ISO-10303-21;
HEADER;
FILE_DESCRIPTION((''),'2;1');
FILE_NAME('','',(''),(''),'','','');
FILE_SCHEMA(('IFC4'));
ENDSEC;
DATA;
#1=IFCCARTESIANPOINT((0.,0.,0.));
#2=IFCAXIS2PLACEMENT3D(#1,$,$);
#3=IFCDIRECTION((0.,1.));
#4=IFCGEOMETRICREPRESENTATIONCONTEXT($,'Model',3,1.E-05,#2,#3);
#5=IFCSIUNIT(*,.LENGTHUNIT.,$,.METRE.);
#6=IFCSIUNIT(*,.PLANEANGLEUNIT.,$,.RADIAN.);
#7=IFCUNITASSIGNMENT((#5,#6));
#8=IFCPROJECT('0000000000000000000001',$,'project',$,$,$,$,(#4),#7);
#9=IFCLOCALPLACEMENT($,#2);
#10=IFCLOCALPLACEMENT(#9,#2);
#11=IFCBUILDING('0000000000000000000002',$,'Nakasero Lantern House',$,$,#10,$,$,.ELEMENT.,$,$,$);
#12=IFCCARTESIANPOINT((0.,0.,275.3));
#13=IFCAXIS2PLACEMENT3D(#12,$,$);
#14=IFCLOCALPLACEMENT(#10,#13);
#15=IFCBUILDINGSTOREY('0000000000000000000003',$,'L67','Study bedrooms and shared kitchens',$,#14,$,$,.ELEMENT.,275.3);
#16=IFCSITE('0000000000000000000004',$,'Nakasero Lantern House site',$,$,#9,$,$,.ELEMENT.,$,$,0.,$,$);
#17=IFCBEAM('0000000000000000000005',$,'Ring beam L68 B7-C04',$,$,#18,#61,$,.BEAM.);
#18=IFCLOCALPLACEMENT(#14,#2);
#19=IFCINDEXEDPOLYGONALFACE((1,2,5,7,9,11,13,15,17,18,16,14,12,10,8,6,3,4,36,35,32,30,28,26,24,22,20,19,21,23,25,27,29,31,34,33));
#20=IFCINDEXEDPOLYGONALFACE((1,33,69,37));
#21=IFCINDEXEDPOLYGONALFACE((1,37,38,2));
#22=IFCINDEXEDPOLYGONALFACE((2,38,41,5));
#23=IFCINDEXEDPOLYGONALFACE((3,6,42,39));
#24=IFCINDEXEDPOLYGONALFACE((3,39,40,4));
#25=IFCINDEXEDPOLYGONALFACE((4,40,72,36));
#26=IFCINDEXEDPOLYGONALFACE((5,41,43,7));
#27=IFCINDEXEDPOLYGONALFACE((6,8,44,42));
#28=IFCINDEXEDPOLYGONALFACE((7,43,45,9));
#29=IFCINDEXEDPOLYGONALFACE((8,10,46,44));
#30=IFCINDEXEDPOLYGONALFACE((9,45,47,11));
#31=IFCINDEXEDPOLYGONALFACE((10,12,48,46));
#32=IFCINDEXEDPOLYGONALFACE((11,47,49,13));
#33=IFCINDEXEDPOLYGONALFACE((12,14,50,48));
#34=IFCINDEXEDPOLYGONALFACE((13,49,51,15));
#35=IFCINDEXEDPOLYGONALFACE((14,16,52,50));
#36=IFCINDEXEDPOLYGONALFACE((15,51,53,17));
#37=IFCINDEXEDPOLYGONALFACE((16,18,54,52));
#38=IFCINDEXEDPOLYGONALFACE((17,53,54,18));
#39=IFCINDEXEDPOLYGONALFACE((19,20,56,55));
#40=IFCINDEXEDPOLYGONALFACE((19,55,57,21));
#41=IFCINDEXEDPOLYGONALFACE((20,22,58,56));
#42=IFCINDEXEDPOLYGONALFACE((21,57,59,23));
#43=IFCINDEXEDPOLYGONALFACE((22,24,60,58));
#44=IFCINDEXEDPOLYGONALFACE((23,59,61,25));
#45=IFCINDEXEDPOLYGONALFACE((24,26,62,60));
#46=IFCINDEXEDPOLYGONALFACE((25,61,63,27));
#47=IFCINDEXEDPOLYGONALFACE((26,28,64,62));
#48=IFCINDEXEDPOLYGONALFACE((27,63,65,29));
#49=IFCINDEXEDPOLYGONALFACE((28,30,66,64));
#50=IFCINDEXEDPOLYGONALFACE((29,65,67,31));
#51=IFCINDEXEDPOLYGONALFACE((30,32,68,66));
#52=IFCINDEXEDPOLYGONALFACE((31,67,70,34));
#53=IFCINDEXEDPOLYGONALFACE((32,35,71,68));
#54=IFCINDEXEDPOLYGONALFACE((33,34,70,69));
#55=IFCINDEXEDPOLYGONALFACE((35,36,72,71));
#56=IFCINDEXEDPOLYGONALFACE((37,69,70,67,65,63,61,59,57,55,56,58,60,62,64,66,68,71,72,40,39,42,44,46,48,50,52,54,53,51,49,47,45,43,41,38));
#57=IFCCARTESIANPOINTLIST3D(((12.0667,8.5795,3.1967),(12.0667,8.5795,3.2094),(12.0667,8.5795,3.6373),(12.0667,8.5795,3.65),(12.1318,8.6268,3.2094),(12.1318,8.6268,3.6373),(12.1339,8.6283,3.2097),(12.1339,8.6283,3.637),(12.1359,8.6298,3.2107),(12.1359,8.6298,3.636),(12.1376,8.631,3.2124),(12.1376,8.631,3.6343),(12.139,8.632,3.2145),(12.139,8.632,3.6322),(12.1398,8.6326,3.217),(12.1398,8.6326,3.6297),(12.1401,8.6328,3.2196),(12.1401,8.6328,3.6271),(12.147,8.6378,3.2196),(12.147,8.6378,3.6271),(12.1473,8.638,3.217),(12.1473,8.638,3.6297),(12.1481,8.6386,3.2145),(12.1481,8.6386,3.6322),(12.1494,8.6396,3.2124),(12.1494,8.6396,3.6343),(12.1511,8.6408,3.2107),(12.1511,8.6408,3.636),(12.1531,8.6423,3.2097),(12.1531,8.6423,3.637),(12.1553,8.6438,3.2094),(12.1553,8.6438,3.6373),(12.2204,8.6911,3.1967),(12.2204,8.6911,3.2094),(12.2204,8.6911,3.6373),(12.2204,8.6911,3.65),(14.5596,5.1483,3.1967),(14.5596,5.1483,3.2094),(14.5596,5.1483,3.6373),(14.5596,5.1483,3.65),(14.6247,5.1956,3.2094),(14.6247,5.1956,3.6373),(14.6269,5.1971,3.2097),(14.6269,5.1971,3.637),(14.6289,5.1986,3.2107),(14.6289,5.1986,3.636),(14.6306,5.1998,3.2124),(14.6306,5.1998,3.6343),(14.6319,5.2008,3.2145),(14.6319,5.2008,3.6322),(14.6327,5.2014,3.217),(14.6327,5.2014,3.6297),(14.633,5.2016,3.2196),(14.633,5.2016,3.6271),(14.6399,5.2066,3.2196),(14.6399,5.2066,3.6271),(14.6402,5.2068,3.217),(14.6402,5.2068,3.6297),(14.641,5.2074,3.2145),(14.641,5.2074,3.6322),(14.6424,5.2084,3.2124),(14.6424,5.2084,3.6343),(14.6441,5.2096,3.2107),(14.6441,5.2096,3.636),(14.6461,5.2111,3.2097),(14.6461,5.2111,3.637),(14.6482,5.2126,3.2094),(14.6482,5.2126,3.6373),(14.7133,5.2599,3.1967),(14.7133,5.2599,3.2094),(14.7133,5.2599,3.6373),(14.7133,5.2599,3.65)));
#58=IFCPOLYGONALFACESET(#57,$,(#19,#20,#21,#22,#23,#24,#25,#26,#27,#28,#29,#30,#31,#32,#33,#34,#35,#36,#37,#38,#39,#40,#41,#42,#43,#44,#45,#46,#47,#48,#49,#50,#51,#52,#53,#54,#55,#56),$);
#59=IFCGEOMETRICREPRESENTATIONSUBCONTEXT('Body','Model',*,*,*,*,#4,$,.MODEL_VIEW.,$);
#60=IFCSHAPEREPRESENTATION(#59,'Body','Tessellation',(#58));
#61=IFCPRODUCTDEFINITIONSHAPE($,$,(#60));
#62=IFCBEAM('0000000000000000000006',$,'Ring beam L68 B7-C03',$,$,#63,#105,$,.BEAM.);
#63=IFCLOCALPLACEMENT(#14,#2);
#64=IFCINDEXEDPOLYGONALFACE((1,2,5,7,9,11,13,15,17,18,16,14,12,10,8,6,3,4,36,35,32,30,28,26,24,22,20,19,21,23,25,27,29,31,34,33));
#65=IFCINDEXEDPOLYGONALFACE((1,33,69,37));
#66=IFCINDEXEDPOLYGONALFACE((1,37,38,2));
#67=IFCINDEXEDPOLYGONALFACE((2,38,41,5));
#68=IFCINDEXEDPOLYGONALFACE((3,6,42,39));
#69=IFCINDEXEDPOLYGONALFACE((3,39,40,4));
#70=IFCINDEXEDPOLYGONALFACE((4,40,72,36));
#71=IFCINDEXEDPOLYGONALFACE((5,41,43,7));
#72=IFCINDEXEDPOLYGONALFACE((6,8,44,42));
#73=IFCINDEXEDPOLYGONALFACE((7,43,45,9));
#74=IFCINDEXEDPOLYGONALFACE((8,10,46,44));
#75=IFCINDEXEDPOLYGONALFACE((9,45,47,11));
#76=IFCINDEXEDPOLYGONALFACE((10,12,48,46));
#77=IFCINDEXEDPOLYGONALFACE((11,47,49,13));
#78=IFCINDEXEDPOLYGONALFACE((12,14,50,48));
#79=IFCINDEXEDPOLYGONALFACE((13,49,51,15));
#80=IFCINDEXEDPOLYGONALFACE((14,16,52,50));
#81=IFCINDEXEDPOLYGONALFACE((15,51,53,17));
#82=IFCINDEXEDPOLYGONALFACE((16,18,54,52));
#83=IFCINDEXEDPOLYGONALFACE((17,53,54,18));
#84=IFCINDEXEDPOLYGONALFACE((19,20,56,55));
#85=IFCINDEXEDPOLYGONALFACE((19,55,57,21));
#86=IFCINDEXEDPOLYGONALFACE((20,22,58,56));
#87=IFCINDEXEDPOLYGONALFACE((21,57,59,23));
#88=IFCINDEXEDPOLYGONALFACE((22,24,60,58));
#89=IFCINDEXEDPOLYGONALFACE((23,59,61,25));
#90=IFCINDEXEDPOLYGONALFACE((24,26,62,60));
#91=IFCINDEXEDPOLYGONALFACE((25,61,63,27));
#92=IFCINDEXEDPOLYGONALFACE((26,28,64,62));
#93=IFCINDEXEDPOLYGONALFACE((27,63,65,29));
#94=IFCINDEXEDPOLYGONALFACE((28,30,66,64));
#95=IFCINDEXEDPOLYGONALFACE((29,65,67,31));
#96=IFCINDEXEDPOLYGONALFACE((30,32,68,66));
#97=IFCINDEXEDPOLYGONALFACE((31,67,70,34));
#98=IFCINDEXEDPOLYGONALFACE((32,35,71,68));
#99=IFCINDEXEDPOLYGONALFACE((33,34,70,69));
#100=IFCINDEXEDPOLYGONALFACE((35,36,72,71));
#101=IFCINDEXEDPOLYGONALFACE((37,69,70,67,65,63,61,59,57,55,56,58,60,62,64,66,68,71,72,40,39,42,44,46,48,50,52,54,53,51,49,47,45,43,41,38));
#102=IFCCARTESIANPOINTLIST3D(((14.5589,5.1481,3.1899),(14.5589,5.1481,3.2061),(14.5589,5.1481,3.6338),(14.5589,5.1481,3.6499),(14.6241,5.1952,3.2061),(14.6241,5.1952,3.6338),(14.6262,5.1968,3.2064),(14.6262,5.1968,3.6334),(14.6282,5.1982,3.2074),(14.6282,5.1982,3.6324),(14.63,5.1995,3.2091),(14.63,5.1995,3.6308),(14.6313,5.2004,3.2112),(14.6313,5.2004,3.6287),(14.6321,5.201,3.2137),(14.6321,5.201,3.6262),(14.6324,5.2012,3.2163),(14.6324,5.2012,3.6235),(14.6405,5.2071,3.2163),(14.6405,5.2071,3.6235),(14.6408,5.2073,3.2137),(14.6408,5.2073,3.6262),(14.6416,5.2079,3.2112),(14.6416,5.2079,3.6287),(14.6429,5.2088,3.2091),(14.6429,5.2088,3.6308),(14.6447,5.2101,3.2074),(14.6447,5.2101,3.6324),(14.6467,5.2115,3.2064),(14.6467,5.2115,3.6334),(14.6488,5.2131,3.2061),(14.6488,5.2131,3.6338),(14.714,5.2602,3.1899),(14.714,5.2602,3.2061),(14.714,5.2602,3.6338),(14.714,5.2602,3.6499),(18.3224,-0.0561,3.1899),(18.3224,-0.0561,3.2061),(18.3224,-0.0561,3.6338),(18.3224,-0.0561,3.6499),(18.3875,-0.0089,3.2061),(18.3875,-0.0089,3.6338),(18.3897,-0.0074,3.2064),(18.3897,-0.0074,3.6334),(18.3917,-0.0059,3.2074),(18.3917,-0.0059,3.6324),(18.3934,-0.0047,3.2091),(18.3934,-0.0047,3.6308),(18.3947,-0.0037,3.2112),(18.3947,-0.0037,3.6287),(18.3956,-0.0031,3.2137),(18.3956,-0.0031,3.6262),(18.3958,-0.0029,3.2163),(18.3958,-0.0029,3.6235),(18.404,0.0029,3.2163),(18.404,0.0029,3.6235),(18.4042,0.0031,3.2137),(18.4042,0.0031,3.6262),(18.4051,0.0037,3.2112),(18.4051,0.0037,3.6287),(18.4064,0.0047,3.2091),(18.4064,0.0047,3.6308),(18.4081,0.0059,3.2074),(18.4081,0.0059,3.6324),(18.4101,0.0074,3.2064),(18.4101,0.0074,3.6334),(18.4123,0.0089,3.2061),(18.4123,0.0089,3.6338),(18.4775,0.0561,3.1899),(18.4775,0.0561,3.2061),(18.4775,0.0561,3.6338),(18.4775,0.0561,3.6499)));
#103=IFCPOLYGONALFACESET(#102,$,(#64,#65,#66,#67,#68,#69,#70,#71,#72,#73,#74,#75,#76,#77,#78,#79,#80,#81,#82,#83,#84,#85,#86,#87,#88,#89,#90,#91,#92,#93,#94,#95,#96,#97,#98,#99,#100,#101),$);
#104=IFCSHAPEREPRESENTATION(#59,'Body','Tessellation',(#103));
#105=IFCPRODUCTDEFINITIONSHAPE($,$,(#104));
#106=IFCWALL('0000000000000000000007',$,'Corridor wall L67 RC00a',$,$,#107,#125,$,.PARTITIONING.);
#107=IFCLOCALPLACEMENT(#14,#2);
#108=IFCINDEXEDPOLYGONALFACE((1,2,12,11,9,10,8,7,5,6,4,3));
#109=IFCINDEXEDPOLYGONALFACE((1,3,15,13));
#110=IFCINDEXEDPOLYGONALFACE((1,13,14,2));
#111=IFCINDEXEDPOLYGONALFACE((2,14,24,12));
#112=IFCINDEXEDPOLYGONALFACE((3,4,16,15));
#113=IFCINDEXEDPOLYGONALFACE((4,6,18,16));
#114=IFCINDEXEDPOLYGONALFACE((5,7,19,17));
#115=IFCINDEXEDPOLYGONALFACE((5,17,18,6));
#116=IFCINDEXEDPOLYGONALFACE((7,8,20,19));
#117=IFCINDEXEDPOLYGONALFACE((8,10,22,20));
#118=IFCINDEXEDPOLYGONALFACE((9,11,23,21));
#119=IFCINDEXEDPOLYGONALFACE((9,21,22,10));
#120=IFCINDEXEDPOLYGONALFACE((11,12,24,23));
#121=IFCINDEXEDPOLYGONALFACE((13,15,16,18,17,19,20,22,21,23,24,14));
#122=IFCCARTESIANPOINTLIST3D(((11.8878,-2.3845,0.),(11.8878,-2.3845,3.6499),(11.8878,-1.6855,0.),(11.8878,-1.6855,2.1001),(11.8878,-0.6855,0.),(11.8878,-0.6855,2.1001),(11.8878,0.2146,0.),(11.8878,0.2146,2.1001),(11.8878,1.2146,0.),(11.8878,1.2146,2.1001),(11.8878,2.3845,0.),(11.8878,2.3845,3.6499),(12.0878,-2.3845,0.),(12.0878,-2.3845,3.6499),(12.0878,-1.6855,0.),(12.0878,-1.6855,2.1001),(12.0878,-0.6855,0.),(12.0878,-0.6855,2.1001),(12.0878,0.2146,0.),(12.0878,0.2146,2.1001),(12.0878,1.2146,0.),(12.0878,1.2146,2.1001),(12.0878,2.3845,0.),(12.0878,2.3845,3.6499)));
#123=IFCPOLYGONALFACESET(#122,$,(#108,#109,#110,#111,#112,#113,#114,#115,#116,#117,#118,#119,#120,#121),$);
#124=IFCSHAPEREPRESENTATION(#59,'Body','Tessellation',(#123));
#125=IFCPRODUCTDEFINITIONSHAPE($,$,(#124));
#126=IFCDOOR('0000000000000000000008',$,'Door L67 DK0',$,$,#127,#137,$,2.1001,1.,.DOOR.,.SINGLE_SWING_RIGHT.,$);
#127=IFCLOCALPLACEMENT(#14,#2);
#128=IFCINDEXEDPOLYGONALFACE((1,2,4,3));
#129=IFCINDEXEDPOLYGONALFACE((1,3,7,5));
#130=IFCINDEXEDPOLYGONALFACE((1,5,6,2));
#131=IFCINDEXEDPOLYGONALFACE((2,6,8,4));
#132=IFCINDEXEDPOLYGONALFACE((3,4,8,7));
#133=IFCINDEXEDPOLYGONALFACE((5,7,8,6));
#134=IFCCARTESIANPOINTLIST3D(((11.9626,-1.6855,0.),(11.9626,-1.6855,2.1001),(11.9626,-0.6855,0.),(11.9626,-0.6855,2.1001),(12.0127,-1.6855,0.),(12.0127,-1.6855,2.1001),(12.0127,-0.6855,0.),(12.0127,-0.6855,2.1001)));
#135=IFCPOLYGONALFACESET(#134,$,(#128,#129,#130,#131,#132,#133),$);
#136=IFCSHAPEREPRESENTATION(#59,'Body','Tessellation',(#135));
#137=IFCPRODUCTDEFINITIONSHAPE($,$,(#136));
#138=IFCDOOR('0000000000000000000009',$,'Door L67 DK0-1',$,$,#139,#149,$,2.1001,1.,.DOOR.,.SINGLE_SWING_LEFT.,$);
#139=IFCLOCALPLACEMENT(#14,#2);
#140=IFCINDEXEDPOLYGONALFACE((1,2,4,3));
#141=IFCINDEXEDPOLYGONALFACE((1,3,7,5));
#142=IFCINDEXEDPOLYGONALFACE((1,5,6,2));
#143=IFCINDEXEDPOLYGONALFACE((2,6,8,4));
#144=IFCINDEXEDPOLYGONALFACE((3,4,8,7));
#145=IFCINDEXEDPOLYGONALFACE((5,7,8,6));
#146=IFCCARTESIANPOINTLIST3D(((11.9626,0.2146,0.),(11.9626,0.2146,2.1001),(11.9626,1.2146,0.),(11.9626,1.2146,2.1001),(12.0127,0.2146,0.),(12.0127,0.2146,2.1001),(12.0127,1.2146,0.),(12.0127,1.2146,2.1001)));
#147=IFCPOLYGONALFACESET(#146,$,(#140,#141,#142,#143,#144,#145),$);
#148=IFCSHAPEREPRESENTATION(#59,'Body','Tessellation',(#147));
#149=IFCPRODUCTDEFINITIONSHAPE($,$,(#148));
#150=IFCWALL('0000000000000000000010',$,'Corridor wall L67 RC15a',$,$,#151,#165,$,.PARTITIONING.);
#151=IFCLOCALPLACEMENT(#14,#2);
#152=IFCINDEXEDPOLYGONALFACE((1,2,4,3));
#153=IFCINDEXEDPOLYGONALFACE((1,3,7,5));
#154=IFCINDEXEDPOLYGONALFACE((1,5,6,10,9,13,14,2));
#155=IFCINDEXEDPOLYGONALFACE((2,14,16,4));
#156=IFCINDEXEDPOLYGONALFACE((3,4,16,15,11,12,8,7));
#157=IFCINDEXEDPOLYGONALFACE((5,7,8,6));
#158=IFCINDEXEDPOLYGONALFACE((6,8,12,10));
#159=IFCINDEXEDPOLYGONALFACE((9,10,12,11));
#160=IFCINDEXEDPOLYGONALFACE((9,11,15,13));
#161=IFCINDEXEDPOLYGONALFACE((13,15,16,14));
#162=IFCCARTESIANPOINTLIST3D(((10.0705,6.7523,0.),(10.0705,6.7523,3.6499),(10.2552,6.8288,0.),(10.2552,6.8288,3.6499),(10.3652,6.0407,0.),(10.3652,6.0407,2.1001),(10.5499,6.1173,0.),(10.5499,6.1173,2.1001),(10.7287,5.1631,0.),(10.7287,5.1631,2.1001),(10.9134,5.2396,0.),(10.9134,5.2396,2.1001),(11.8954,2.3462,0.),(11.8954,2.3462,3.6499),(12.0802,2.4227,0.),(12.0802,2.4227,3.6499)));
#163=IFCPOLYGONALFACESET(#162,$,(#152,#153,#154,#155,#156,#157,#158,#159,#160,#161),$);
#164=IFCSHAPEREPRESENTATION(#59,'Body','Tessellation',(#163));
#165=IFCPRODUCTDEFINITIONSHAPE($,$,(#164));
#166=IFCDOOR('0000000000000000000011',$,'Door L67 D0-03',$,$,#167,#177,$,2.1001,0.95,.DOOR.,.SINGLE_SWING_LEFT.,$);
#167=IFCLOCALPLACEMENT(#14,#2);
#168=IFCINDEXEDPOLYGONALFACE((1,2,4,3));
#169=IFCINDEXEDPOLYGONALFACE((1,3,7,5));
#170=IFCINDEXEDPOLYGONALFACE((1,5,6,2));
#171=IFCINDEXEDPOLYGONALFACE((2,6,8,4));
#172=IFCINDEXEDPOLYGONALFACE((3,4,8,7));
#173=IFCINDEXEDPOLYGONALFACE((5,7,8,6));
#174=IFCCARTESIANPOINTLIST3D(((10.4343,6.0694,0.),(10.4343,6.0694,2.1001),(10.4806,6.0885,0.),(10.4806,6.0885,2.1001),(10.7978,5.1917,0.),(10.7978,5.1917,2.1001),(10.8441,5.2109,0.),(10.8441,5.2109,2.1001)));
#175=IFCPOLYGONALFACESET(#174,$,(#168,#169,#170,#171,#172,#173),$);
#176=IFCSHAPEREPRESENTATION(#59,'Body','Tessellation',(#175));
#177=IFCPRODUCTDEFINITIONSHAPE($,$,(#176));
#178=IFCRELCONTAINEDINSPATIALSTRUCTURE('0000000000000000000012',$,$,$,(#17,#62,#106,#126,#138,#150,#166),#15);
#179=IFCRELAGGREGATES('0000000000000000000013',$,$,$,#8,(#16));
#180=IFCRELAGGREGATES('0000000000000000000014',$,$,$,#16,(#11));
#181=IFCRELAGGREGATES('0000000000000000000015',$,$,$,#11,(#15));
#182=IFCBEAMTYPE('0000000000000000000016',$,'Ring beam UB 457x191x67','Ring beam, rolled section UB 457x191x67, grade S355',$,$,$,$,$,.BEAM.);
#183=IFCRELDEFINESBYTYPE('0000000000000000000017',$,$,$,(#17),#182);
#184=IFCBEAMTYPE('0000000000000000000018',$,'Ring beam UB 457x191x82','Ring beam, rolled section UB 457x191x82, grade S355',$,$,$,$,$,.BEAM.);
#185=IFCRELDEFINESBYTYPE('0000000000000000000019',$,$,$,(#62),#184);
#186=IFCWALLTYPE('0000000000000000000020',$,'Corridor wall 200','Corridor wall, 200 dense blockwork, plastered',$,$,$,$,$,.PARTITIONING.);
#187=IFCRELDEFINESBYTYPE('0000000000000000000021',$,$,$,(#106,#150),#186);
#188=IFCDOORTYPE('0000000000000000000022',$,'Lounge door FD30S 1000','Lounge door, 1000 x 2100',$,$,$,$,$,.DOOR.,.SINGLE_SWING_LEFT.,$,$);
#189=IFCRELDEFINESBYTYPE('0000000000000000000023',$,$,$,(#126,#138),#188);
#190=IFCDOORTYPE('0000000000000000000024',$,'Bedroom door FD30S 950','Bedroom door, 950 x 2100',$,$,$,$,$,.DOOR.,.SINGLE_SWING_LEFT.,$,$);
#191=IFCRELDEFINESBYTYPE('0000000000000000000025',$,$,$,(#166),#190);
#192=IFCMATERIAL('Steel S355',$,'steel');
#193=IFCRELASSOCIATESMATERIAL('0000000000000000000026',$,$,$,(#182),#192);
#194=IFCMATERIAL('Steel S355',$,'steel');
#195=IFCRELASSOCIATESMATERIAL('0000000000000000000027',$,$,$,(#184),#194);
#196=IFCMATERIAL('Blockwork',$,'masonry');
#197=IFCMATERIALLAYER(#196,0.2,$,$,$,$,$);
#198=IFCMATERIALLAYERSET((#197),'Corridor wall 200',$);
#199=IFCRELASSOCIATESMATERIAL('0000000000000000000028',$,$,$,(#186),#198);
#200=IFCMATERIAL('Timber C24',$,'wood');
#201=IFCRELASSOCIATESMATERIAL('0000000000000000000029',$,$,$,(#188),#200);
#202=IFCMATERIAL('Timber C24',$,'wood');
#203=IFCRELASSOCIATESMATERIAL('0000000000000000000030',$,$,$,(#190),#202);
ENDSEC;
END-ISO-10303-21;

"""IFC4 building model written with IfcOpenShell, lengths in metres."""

from ifc_helpers import new_model, si_unit, direction, frame, frame_2d, origin, origin_2d, place, context, subcontext, project, spatial, rectangle, i_section, extrude, material, layer, layer_set, material_profile, profile_set, type_object, element, fill, save


model = new_model("IFC4")

# Units and contexts
model_context = context("Model", 3, precision=1e-05, world=origin(), true_north=direction((0.0, 1.0)))
body_context = subcontext(model_context, "Body", "Model", "MODEL_VIEW")
ifc_project = project(units=[si_unit("LENGTHUNIT", "METRE"), si_unit("PLANEANGLEUNIT", "RADIAN")], contexts=[model_context])

# Site, building, storey
site_placement = place(None, origin())
site = spatial("IfcSite", under=ifc_project, at=site_placement, Name="Nakasero Lantern House site", CompositionType="ELEMENT", RefElevation=0.0)
building_placement = place(site_placement, origin())
building = spatial("IfcBuilding", under=site, at=building_placement, Name="Nakasero Lantern House", CompositionType="ELEMENT")
storey_placement = place(building_placement, frame((0.0, 0.0, 275.3)))
storey = spatial("IfcBuildingStorey", under=building, at=storey_placement, Name="L67", Description="Study bedrooms and shared kitchens", CompositionType="ELEMENT", Elevation=275.3)

# Beams
ifc_material_1 = material(Name="Steel S355", Category="steel")
ifc_material_profile_1 = material_profile(ifc_material_1, i_section(OverallWidth=0.1899, OverallDepth=0.4534, WebThickness=0.0085, FlangeThickness=0.0127, FilletRadius=0.0103, at=origin_2d()), Name="UB 457x191x67")
ifc_profile_set_1 = profile_set([ifc_material_profile_1], Name="Steel S355")
beam_type_1 = type_object("IfcBeamType", Name="Ring beam UB 457x191x67", Description="Ring beam, rolled section UB 457x191x67, grade S355", PredefinedType="BEAM", material=ifc_profile_set_1)
beam_1_placement = place(storey_placement, frame((14.6365, 5.2041, 3.4233), z_axis=(-0.587792, 0.809012, 0.0), x_axis=(-0.809012, -0.587792, 0.0)))
element("IfcBeam", 1, at=beam_1_placement, inside=storey, type_object=beam_type_1, Name="Ring beam L68 B7-C04", PredefinedType="BEAM", context=body_context, shape_type="SweptSolid", body=[
    extrude(i_section(OverallWidth=0.1899, OverallDepth=0.4534, WebThickness=0.0085, FlangeThickness=0.0127, FilletRadius=0.0103, at=origin_2d()), origin(), (0.0, 0.0, 1.0), 4.2412),
])
ifc_material_2 = material(Name="Steel S355", Category="steel")
ifc_material_profile_2 = material_profile(ifc_material_2, i_section(OverallWidth=0.1914, OverallDepth=0.46, WebThickness=0.01, FlangeThickness=0.0161, FilletRadius=0.0103, at=origin_2d()), Name="UB 457x191x82")
ifc_profile_set_2 = profile_set([ifc_material_profile_2], Name="Steel S355")
beam_type_2 = type_object("IfcBeamType", Name="Ring beam UB 457x191x82", Description="Ring beam, rolled section UB 457x191x82, grade S355", PredefinedType="BEAM", material=ifc_profile_set_2)
beam_2_placement = place(storey_placement, frame((18.3999, 0.0, 3.4199), z_axis=(-0.585993, 0.810316, 0.0), x_axis=(-0.810316, -0.585993, 0.0)))
element("IfcBeam", 2, at=beam_2_placement, inside=storey, type_object=beam_type_2, Name="Ring beam L68 B7-C03", PredefinedType="BEAM", context=body_context, shape_type="SweptSolid", body=[
    extrude(i_section(OverallWidth=0.1914, OverallDepth=0.46, WebThickness=0.01, FlangeThickness=0.0161, FilletRadius=0.0103, at=origin_2d()), origin(), (0.0, 0.0, 1.0), 6.4224),
])

# Wall, openings, doors
ifc_material_3 = material(Name="Blockwork", Category="masonry")
ifc_layer_1 = layer(ifc_material_3, 0.2)
ifc_layer_set_1 = layer_set([ifc_layer_1], Name="Corridor wall 200")
wall_type_1 = type_object("IfcWallType", Name="Corridor wall 200", Description="Corridor wall, 200 dense blockwork, plastered", PredefinedType="PARTITIONING", material=ifc_layer_set_1)
wall_1_placement = place(storey_placement, frame((11.9878, 2.3845, 0.0), z_axis=(0.0, 0.0, 1.0), x_axis=(0.0, -1.0, 0.0)))
wall_1 = element("IfcWall", 3, at=wall_1_placement, inside=storey, type_object=wall_type_1, Name="Corridor wall L67 RC00a", PredefinedType="PARTITIONING", context=body_context, shape_type="SweptSolid", body=[
    extrude(rectangle(XDim=4.769, YDim=0.2, at=frame_2d((2.3845, 0.0))), origin(), (0.0, 0.0, 1.0), 3.6499),
])
opening_1_placement = place(wall_1_placement, frame((3.0701, 0.0, 0.0)))
opening_1 = element("IfcOpeningElement", 4, at=opening_1_placement, cuts=wall_1, PredefinedType="OPENING", context=body_context, shape_type="SweptSolid", body=[
    extrude(rectangle(XDim=1.0, YDim=2.1001, at=frame_2d((0.5, 1.05))), frame((0.0, 0.1199, 0.0), z_axis=(0.0, -1.0, 0.0), x_axis=(1.0, 0.0, 0.0)), (0.0, 0.0, 1.0), 0.24),
])
opening_2_placement = place(wall_1_placement, frame((1.1699, 0.0, 0.0)))
opening_2 = element("IfcOpeningElement", 5, at=opening_2_placement, cuts=wall_1, PredefinedType="OPENING", context=body_context, shape_type="SweptSolid", body=[
    extrude(rectangle(XDim=1.0, YDim=2.1001, at=frame_2d((0.5, 1.05))), frame((0.0, 0.1199, 0.0), z_axis=(0.0, -1.0, 0.0), x_axis=(1.0, 0.0, 0.0)), (0.0, 0.0, 1.0), 0.24),
])
ifc_material_4 = material(Name="Timber C24", Category="wood")
door_type_1 = type_object("IfcDoorType", Name="Lounge door FD30S 1000", Description="Lounge door, 1000 x 2100", OperationType="SINGLE_SWING_LEFT", PredefinedType="DOOR", material=ifc_material_4)
door_1_placement = place(opening_1_placement, origin())
door_1 = element("IfcDoor", 6, at=door_1_placement, inside=storey, type_object=door_type_1, Name="Door L67 DK0", OperationType="SINGLE_SWING_RIGHT", OverallHeight=2.1001, OverallWidth=1.0, PredefinedType="DOOR", context=body_context, shape_type="SweptSolid", body=[
    extrude(rectangle(XDim=1.0, YDim=2.1001, at=frame_2d((0.5, 1.05))), frame((0.0, 0.0249, 0.0), z_axis=(0.0, -1.0, 0.0), x_axis=(1.0, 0.0, 0.0)), (0.0, 0.0, 1.0), 0.05),
])
fill(opening_1, door_1)
door_2_placement = place(opening_2_placement, origin())
door_2 = element("IfcDoor", 7, at=door_2_placement, inside=storey, type_object=door_type_1, Name="Door L67 DK0-1", OperationType="SINGLE_SWING_LEFT", OverallHeight=2.1001, OverallWidth=1.0, PredefinedType="DOOR", context=body_context, shape_type="SweptSolid", body=[
    extrude(rectangle(XDim=1.0, YDim=2.1001, at=frame_2d((0.5, 1.05))), frame((0.0, 0.0249, 0.0), z_axis=(0.0, -1.0, 0.0), x_axis=(1.0, 0.0, 0.0)), (0.0, 0.0, 1.0), 0.05),
])
fill(opening_2, door_2)

# Wall, opening, door
wall_2_placement = place(storey_placement, frame((10.1628, 6.7905, 0.0), z_axis=(0.0, 0.0, 1.0), x_axis=(0.38267, -0.923885, 0.0)))
wall_2 = element("IfcWall", 8, at=wall_2_placement, inside=storey, type_object=wall_type_1, Name="Corridor wall L67 RC15a", PredefinedType="PARTITIONING", context=body_context, shape_type="SweptSolid", body=[
    extrude(rectangle(XDim=4.769, YDim=0.2, at=frame_2d((2.3845, 0.0))), origin(), (0.0, 0.0, 1.0), 3.6499),
])
opening_3_placement = place(wall_2_placement, frame((0.77, 0.0, 0.0)))
opening_3 = element("IfcOpeningElement", 9, at=opening_3_placement, cuts=wall_2, PredefinedType="OPENING", context=body_context, shape_type="SweptSolid", body=[
    extrude(rectangle(XDim=0.95, YDim=2.1001, at=frame_2d((0.4751, 1.05))), frame((0.0, 0.1199, 0.0), z_axis=(0.0, -1.0, 0.0), x_axis=(1.0, 0.0, 0.0)), (0.0, 0.0, 1.0), 0.24),
])
ifc_material_5 = material(Name="Timber C24", Category="wood")
door_type_2 = type_object("IfcDoorType", Name="Bedroom door FD30S 950", Description="Bedroom door, 950 x 2100", OperationType="SINGLE_SWING_LEFT", PredefinedType="DOOR", material=ifc_material_5)
door_3_placement = place(opening_3_placement, origin())
door_3 = element("IfcDoor", 10, at=door_3_placement, inside=storey, type_object=door_type_2, Name="Door L67 D0-03", OperationType="SINGLE_SWING_LEFT", OverallHeight=2.1001, OverallWidth=0.95, PredefinedType="DOOR", context=body_context, shape_type="SweptSolid", body=[
    extrude(rectangle(XDim=0.95, YDim=2.1001, at=frame_2d((0.4751, 1.05))), frame((0.0, 0.0249, 0.0), z_axis=(0.0, -1.0, 0.0), x_axis=(1.0, 0.0, 0.0)), (0.0, 0.0, 1.0), 0.05),
])
fill(opening_3, door_3)

save(model, "model.ifc")
